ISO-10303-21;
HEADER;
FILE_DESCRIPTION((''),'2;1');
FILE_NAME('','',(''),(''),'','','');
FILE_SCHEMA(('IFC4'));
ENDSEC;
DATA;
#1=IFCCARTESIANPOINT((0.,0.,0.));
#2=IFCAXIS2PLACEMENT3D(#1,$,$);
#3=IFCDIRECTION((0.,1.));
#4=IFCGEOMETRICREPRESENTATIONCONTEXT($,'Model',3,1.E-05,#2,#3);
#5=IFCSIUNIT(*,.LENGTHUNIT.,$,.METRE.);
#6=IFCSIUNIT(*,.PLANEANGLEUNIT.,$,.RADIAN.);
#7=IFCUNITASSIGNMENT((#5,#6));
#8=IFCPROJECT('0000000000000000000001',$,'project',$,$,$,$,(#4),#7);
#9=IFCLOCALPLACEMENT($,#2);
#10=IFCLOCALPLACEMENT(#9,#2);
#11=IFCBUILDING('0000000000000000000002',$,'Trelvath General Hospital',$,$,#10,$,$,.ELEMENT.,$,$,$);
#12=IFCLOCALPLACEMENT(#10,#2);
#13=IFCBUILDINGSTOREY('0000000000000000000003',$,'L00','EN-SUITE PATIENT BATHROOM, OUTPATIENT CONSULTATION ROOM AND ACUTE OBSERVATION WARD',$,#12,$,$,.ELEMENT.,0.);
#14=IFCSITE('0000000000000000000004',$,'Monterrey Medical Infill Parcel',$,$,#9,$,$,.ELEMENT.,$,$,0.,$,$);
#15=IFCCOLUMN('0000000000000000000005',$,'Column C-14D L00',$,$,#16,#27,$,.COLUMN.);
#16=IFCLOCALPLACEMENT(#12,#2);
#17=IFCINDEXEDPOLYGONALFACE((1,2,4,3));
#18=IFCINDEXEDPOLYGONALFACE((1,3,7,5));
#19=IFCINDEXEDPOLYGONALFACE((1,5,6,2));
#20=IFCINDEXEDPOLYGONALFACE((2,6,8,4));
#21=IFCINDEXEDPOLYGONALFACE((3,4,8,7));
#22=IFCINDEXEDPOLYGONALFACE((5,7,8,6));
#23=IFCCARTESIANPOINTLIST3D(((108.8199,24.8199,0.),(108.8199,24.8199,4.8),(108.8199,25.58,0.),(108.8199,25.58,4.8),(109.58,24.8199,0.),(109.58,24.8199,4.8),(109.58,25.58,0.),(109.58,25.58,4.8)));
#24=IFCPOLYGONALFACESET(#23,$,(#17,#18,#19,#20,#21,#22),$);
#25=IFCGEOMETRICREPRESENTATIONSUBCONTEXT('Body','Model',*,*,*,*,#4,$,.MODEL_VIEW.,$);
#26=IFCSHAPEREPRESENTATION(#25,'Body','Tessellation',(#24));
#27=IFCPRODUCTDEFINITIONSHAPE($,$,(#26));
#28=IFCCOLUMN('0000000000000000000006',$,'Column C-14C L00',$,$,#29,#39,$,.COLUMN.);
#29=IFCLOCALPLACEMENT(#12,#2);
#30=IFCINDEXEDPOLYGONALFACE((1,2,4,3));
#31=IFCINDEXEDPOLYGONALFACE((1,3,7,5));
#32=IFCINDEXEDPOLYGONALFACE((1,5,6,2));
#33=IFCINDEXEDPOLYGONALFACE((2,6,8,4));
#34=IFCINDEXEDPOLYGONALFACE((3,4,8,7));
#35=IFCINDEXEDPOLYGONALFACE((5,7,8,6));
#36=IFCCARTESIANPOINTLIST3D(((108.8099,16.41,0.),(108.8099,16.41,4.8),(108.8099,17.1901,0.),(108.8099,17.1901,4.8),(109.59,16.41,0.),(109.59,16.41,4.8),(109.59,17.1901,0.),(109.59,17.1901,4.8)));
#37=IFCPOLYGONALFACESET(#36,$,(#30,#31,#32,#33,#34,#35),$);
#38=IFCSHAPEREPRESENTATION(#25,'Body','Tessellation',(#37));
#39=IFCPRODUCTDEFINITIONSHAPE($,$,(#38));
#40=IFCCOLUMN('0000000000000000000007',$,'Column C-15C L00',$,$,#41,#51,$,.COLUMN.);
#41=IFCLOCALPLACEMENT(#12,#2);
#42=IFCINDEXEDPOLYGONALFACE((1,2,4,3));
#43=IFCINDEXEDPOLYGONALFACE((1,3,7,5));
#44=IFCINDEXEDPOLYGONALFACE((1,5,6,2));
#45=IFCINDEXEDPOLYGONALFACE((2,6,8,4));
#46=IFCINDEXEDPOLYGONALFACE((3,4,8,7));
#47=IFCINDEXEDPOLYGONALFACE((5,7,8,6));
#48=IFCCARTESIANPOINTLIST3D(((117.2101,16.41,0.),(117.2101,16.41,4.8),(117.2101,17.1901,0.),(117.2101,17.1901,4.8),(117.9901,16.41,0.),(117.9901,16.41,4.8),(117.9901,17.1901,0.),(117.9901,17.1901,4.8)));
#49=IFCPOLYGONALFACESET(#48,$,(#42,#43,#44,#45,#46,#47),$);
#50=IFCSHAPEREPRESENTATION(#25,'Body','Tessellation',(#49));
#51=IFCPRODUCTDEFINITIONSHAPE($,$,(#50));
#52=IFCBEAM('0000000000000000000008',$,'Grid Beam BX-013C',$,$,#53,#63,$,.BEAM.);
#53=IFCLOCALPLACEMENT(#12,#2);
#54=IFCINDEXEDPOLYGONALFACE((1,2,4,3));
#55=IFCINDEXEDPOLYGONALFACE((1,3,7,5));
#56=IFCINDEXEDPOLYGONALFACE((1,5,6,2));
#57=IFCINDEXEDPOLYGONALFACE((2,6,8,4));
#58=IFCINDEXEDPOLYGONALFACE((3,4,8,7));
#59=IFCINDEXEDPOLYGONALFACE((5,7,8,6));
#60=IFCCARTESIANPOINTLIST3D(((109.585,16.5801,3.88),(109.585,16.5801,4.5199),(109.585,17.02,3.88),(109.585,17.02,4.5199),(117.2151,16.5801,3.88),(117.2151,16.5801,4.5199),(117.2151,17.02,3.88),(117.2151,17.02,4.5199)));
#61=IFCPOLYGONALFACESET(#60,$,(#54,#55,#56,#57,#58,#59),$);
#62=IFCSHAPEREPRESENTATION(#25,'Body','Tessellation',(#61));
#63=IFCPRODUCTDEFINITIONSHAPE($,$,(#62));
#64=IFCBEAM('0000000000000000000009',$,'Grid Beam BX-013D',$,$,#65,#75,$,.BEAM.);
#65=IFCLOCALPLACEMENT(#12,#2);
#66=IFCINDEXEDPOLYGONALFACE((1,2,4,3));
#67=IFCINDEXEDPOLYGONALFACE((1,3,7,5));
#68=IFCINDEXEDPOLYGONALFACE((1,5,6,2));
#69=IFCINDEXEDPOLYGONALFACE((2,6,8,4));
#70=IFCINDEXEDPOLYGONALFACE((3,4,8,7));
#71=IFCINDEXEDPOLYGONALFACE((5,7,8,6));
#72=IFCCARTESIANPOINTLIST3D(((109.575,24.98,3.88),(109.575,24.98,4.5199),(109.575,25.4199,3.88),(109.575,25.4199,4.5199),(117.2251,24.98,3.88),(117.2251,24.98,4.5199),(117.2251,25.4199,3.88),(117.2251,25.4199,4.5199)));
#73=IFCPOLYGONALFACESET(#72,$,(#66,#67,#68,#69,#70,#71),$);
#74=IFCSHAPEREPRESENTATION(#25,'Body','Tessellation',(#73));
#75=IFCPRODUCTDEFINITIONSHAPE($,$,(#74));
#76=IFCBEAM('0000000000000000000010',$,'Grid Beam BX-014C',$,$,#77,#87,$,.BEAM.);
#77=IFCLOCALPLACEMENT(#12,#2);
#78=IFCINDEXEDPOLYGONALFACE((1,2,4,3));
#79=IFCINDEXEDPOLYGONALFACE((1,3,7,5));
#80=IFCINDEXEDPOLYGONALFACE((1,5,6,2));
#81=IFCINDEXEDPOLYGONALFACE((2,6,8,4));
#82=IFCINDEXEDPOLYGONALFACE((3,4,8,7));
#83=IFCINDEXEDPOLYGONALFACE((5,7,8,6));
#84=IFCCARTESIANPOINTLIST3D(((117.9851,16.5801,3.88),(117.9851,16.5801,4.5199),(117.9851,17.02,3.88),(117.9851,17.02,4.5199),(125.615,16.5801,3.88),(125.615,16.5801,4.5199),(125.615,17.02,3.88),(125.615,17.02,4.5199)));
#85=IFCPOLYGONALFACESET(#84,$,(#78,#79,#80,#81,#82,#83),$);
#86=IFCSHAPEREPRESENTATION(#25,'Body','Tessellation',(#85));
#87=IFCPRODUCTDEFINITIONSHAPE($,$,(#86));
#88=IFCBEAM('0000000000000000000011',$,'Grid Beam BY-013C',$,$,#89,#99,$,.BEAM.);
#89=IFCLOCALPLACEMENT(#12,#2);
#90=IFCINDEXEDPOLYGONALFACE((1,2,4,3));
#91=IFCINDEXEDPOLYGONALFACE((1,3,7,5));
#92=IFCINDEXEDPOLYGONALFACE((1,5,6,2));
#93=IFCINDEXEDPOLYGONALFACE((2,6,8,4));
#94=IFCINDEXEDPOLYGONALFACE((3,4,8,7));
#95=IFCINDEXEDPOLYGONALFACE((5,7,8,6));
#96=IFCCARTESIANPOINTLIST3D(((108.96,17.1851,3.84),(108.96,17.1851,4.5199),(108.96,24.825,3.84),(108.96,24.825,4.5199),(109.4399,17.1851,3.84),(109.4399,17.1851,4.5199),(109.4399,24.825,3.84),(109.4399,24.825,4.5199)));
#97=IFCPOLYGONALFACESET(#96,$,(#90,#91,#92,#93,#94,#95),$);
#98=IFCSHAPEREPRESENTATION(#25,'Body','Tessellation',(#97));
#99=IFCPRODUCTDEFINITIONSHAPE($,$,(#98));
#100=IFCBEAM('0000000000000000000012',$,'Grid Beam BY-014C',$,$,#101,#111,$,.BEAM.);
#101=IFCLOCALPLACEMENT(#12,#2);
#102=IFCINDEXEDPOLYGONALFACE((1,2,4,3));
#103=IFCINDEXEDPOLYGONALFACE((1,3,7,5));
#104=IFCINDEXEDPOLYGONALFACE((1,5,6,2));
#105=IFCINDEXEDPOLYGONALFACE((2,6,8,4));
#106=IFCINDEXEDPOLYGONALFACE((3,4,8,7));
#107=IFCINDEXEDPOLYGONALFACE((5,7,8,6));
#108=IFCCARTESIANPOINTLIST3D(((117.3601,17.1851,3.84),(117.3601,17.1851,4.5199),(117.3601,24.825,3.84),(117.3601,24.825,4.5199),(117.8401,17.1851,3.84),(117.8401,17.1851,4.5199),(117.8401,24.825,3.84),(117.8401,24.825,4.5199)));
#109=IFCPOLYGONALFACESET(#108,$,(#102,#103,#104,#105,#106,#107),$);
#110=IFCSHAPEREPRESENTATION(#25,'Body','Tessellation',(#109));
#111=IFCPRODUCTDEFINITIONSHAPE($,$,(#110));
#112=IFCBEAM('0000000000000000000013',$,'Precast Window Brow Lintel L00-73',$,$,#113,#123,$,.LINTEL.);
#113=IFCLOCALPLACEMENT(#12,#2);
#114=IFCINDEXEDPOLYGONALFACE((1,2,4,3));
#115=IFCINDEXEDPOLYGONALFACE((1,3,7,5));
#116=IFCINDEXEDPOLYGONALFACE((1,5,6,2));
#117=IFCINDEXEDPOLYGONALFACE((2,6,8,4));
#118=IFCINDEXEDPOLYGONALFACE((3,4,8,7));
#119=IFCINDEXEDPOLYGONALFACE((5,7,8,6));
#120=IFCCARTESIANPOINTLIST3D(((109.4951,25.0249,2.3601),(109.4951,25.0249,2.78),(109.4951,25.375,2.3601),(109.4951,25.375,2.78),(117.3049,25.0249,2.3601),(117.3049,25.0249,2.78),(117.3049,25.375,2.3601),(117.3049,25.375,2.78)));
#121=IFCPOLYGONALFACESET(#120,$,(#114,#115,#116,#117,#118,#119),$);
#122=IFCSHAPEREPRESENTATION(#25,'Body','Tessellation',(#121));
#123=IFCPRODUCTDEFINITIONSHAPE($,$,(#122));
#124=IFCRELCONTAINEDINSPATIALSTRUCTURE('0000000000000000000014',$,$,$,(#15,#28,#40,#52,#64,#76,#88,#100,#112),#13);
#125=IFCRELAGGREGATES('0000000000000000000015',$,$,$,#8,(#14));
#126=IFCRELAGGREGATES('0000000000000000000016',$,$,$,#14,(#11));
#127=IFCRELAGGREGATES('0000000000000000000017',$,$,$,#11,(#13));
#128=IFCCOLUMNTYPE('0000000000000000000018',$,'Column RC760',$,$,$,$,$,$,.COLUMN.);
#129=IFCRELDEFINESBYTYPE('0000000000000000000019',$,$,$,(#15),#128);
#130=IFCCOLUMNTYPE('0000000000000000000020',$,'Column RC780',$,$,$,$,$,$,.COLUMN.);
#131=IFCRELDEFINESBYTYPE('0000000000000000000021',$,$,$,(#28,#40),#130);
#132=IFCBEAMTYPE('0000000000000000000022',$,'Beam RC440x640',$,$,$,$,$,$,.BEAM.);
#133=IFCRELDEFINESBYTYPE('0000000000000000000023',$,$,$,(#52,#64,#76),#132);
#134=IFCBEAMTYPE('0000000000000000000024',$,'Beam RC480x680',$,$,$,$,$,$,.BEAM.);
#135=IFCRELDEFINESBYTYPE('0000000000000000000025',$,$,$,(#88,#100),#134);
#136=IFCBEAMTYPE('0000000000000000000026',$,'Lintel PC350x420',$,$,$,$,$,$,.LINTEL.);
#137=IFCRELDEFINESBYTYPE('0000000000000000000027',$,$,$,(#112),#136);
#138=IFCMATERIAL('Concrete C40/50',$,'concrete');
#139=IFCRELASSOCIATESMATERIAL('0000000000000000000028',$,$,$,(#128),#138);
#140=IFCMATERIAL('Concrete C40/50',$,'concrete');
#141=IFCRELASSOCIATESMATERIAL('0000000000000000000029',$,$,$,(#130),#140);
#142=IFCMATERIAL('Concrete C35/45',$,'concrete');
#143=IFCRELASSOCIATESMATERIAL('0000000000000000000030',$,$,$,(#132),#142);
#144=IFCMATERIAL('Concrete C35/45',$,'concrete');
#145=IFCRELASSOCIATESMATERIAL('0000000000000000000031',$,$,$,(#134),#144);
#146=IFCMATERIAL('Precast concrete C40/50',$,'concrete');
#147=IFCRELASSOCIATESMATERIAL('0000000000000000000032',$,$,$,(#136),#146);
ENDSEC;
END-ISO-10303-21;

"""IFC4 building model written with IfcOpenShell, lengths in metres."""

from ifc_helpers import new_model, si_unit, direction, frame, origin, origin_2d, place, context, subcontext, project, spatial, rectangle, extrude, material, material_profile, profile_set, type_object, element, save


model = new_model("IFC4")

# Units and contexts
model_context = context("Model", 3, precision=1e-05, world=origin(), true_north=direction((0.0, 1.0)))
body_context = subcontext(model_context, "Body", "Model", "MODEL_VIEW")
ifc_project = project(units=[si_unit("LENGTHUNIT", "METRE"), si_unit("PLANEANGLEUNIT", "RADIAN")], contexts=[model_context])

# Site, building, storey
site_placement = place(None, origin())
site = spatial("IfcSite", under=ifc_project, at=site_placement, Name="Monterrey Medical Infill Parcel", CompositionType="ELEMENT", RefElevation=0.0)
building_placement = place(site_placement, origin())
building = spatial("IfcBuilding", under=site, at=building_placement, Name="Trelvath General Hospital", CompositionType="ELEMENT")
storey_placement = place(building_placement, origin())
storey = spatial("IfcBuildingStorey", under=building, at=storey_placement, Name="L00", Description="EN-SUITE PATIENT BATHROOM, OUTPATIENT CONSULTATION ROOM AND ACUTE OBSERVATION WARD", CompositionType="ELEMENT", Elevation=0.0)

# Columns
ifc_material_1 = material(Name="Concrete C40/50", Category="concrete")
ifc_material_profile_1 = material_profile(ifc_material_1, rectangle(XDim=0.76, YDim=0.76, at=origin_2d()), Name="RC760x760")
ifc_profile_set_1 = profile_set([ifc_material_profile_1], Name="Concrete C40/50")
column_type_1 = type_object("IfcColumnType", Name="Column RC760", PredefinedType="COLUMN", material=ifc_profile_set_1)
column_placement = place(storey_placement, frame((109.2, 25.2, 0.0), z_axis=(0.0, 0.0, 1.0), x_axis=(1.0, 0.0, 0.0)))
element("IfcColumn", 1, at=column_placement, inside=storey, type_object=column_type_1, Name="Column C-14D L00", PredefinedType="COLUMN", context=body_context, shape_type="SweptSolid", body=[
    extrude(rectangle(XDim=0.76, YDim=0.76, at=origin_2d()), origin(), (0.0, 0.0, 1.0), 4.8),
])
ifc_material_2 = material(Name="Concrete C40/50", Category="concrete")
ifc_material_profile_2 = material_profile(ifc_material_2, rectangle(XDim=0.78, YDim=0.78, at=origin_2d()), Name="RC780x780")
ifc_profile_set_2 = profile_set([ifc_material_profile_2], Name="Concrete C40/50")
column_type_2 = type_object("IfcColumnType", Name="Column RC780", PredefinedType="COLUMN", material=ifc_profile_set_2)
for number, where, z_axis, x_axis, name in (
    (2, (109.2, 16.8, 0.0), (0.0, 0.0, 1.0), (1.0, 0.0, 0.0), "Column C-14C L00"),
    (3, (117.6001, 16.8, 0.0), (0.0, 0.0, 1.0), (1.0, 0.0, 0.0), "Column C-15C L00"),
):
    element("IfcColumn", number, at=place(storey_placement, frame(where, z_axis=z_axis, x_axis=x_axis)), inside=storey, type_object=column_type_2, Name=name, PredefinedType="COLUMN", context=body_context, shape_type="SweptSolid", body=[
        extrude(rectangle(XDim=0.78, YDim=0.78, at=origin_2d()), origin(), (0.0, 0.0, 1.0), 4.8),
    ])

# Beams
ifc_material_3 = material(Name="Concrete C35/45", Category="concrete")
ifc_material_profile_3 = material_profile(ifc_material_3, rectangle(XDim=0.4399, YDim=0.6399, at=origin_2d()), Name="RCB440x640")
ifc_profile_set_3 = profile_set([ifc_material_profile_3], Name="Concrete C35/45")
beam_type_1 = type_object("IfcBeamType", Name="Beam RC440x640", PredefinedType="BEAM", material=ifc_profile_set_3)
beam_1_placement = place(storey_placement, frame((109.585, 16.8, 4.2), z_axis=(1.0, 0.0, 0.0), x_axis=(0.0, 1.0, 0.0)))
element("IfcBeam", 4, at=beam_1_placement, inside=storey, type_object=beam_type_1, Name="Grid Beam BX-013C", PredefinedType="BEAM", context=body_context, shape_type="SweptSolid", body=[
    extrude(rectangle(XDim=0.4399, YDim=0.6399, at=origin_2d()), origin(), (0.0, 0.0, 1.0), 7.6301),
])
beam_2_placement = place(storey_placement, frame((109.575, 25.2, 4.2), z_axis=(1.0, 0.0, 0.0), x_axis=(0.0, 1.0, 0.0)))
element("IfcBeam", 5, at=beam_2_placement, inside=storey, type_object=beam_type_1, Name="Grid Beam BX-013D", PredefinedType="BEAM", context=body_context, shape_type="SweptSolid", body=[
    extrude(rectangle(XDim=0.4399, YDim=0.6399, at=origin_2d()), origin(), (0.0, 0.0, 1.0), 7.6501),
])
beam_3_placement = place(storey_placement, frame((117.9851, 16.8, 4.2), z_axis=(1.0, 0.0, 0.0), x_axis=(0.0, 1.0, 0.0)))
element("IfcBeam", 6, at=beam_3_placement, inside=storey, type_object=beam_type_1, Name="Grid Beam BX-014C", PredefinedType="BEAM", context=body_context, shape_type="SweptSolid", body=[
    extrude(rectangle(XDim=0.4399, YDim=0.6399, at=origin_2d()), origin(), (0.0, 0.0, 1.0), 7.6299),
])
ifc_material_4 = material(Name="Concrete C35/45", Category="concrete")
ifc_material_profile_4 = material_profile(ifc_material_4, rectangle(XDim=0.48, YDim=0.6799, at=origin_2d()), Name="RCB480x680")
ifc_profile_set_4 = profile_set([ifc_material_profile_4], Name="Concrete C35/45")
beam_type_2 = type_object("IfcBeamType", Name="Beam RC480x680", PredefinedType="BEAM", material=ifc_profile_set_4)
for number, where, z_axis, x_axis, name in (
    (7, (109.2, 17.1851, 4.1799), (0.0, 1.0, 0.0), (-1.0, 0.0, 0.0), "Grid Beam BY-013C"),
    (8, (117.6001, 17.1851, 4.1799), (0.0, 1.0, 0.0), (-1.0, 0.0, 0.0), "Grid Beam BY-014C"),
):
    element("IfcBeam", number, at=place(storey_placement, frame(where, z_axis=z_axis, x_axis=x_axis)), inside=storey, type_object=beam_type_2, Name=name, PredefinedType="BEAM", context=body_context, shape_type="SweptSolid", body=[
        extrude(rectangle(XDim=0.48, YDim=0.6799, at=origin_2d()), origin(), (0.0, 0.0, 1.0), 7.6399),
    ])
ifc_material_5 = material(Name="Precast concrete C40/50", Category="concrete")
ifc_material_profile_5 = material_profile(ifc_material_5, rectangle(XDim=0.3501, YDim=0.4199, at=origin_2d()), Name="PCL350x420")
ifc_profile_set_5 = profile_set([ifc_material_profile_5], Name="Precast concrete C40/50")
beam_type_3 = type_object("IfcBeamType", Name="Lintel PC350x420", PredefinedType="LINTEL", material=ifc_profile_set_5)
beam_4_placement = place(storey_placement, frame((109.4951, 25.2, 2.5701), z_axis=(1.0, 0.0, 0.0), x_axis=(0.0, 1.0, 0.0)))
element("IfcBeam", 9, at=beam_4_placement, inside=storey, type_object=beam_type_3, Name="Precast Window Brow Lintel L00-73", PredefinedType="LINTEL", context=body_context, shape_type="SweptSolid", body=[
    extrude(rectangle(XDim=0.3501, YDim=0.4199, at=origin_2d()), origin(), (0.0, 0.0, 1.0), 7.8098),
])

save(model, "model.ifc")
